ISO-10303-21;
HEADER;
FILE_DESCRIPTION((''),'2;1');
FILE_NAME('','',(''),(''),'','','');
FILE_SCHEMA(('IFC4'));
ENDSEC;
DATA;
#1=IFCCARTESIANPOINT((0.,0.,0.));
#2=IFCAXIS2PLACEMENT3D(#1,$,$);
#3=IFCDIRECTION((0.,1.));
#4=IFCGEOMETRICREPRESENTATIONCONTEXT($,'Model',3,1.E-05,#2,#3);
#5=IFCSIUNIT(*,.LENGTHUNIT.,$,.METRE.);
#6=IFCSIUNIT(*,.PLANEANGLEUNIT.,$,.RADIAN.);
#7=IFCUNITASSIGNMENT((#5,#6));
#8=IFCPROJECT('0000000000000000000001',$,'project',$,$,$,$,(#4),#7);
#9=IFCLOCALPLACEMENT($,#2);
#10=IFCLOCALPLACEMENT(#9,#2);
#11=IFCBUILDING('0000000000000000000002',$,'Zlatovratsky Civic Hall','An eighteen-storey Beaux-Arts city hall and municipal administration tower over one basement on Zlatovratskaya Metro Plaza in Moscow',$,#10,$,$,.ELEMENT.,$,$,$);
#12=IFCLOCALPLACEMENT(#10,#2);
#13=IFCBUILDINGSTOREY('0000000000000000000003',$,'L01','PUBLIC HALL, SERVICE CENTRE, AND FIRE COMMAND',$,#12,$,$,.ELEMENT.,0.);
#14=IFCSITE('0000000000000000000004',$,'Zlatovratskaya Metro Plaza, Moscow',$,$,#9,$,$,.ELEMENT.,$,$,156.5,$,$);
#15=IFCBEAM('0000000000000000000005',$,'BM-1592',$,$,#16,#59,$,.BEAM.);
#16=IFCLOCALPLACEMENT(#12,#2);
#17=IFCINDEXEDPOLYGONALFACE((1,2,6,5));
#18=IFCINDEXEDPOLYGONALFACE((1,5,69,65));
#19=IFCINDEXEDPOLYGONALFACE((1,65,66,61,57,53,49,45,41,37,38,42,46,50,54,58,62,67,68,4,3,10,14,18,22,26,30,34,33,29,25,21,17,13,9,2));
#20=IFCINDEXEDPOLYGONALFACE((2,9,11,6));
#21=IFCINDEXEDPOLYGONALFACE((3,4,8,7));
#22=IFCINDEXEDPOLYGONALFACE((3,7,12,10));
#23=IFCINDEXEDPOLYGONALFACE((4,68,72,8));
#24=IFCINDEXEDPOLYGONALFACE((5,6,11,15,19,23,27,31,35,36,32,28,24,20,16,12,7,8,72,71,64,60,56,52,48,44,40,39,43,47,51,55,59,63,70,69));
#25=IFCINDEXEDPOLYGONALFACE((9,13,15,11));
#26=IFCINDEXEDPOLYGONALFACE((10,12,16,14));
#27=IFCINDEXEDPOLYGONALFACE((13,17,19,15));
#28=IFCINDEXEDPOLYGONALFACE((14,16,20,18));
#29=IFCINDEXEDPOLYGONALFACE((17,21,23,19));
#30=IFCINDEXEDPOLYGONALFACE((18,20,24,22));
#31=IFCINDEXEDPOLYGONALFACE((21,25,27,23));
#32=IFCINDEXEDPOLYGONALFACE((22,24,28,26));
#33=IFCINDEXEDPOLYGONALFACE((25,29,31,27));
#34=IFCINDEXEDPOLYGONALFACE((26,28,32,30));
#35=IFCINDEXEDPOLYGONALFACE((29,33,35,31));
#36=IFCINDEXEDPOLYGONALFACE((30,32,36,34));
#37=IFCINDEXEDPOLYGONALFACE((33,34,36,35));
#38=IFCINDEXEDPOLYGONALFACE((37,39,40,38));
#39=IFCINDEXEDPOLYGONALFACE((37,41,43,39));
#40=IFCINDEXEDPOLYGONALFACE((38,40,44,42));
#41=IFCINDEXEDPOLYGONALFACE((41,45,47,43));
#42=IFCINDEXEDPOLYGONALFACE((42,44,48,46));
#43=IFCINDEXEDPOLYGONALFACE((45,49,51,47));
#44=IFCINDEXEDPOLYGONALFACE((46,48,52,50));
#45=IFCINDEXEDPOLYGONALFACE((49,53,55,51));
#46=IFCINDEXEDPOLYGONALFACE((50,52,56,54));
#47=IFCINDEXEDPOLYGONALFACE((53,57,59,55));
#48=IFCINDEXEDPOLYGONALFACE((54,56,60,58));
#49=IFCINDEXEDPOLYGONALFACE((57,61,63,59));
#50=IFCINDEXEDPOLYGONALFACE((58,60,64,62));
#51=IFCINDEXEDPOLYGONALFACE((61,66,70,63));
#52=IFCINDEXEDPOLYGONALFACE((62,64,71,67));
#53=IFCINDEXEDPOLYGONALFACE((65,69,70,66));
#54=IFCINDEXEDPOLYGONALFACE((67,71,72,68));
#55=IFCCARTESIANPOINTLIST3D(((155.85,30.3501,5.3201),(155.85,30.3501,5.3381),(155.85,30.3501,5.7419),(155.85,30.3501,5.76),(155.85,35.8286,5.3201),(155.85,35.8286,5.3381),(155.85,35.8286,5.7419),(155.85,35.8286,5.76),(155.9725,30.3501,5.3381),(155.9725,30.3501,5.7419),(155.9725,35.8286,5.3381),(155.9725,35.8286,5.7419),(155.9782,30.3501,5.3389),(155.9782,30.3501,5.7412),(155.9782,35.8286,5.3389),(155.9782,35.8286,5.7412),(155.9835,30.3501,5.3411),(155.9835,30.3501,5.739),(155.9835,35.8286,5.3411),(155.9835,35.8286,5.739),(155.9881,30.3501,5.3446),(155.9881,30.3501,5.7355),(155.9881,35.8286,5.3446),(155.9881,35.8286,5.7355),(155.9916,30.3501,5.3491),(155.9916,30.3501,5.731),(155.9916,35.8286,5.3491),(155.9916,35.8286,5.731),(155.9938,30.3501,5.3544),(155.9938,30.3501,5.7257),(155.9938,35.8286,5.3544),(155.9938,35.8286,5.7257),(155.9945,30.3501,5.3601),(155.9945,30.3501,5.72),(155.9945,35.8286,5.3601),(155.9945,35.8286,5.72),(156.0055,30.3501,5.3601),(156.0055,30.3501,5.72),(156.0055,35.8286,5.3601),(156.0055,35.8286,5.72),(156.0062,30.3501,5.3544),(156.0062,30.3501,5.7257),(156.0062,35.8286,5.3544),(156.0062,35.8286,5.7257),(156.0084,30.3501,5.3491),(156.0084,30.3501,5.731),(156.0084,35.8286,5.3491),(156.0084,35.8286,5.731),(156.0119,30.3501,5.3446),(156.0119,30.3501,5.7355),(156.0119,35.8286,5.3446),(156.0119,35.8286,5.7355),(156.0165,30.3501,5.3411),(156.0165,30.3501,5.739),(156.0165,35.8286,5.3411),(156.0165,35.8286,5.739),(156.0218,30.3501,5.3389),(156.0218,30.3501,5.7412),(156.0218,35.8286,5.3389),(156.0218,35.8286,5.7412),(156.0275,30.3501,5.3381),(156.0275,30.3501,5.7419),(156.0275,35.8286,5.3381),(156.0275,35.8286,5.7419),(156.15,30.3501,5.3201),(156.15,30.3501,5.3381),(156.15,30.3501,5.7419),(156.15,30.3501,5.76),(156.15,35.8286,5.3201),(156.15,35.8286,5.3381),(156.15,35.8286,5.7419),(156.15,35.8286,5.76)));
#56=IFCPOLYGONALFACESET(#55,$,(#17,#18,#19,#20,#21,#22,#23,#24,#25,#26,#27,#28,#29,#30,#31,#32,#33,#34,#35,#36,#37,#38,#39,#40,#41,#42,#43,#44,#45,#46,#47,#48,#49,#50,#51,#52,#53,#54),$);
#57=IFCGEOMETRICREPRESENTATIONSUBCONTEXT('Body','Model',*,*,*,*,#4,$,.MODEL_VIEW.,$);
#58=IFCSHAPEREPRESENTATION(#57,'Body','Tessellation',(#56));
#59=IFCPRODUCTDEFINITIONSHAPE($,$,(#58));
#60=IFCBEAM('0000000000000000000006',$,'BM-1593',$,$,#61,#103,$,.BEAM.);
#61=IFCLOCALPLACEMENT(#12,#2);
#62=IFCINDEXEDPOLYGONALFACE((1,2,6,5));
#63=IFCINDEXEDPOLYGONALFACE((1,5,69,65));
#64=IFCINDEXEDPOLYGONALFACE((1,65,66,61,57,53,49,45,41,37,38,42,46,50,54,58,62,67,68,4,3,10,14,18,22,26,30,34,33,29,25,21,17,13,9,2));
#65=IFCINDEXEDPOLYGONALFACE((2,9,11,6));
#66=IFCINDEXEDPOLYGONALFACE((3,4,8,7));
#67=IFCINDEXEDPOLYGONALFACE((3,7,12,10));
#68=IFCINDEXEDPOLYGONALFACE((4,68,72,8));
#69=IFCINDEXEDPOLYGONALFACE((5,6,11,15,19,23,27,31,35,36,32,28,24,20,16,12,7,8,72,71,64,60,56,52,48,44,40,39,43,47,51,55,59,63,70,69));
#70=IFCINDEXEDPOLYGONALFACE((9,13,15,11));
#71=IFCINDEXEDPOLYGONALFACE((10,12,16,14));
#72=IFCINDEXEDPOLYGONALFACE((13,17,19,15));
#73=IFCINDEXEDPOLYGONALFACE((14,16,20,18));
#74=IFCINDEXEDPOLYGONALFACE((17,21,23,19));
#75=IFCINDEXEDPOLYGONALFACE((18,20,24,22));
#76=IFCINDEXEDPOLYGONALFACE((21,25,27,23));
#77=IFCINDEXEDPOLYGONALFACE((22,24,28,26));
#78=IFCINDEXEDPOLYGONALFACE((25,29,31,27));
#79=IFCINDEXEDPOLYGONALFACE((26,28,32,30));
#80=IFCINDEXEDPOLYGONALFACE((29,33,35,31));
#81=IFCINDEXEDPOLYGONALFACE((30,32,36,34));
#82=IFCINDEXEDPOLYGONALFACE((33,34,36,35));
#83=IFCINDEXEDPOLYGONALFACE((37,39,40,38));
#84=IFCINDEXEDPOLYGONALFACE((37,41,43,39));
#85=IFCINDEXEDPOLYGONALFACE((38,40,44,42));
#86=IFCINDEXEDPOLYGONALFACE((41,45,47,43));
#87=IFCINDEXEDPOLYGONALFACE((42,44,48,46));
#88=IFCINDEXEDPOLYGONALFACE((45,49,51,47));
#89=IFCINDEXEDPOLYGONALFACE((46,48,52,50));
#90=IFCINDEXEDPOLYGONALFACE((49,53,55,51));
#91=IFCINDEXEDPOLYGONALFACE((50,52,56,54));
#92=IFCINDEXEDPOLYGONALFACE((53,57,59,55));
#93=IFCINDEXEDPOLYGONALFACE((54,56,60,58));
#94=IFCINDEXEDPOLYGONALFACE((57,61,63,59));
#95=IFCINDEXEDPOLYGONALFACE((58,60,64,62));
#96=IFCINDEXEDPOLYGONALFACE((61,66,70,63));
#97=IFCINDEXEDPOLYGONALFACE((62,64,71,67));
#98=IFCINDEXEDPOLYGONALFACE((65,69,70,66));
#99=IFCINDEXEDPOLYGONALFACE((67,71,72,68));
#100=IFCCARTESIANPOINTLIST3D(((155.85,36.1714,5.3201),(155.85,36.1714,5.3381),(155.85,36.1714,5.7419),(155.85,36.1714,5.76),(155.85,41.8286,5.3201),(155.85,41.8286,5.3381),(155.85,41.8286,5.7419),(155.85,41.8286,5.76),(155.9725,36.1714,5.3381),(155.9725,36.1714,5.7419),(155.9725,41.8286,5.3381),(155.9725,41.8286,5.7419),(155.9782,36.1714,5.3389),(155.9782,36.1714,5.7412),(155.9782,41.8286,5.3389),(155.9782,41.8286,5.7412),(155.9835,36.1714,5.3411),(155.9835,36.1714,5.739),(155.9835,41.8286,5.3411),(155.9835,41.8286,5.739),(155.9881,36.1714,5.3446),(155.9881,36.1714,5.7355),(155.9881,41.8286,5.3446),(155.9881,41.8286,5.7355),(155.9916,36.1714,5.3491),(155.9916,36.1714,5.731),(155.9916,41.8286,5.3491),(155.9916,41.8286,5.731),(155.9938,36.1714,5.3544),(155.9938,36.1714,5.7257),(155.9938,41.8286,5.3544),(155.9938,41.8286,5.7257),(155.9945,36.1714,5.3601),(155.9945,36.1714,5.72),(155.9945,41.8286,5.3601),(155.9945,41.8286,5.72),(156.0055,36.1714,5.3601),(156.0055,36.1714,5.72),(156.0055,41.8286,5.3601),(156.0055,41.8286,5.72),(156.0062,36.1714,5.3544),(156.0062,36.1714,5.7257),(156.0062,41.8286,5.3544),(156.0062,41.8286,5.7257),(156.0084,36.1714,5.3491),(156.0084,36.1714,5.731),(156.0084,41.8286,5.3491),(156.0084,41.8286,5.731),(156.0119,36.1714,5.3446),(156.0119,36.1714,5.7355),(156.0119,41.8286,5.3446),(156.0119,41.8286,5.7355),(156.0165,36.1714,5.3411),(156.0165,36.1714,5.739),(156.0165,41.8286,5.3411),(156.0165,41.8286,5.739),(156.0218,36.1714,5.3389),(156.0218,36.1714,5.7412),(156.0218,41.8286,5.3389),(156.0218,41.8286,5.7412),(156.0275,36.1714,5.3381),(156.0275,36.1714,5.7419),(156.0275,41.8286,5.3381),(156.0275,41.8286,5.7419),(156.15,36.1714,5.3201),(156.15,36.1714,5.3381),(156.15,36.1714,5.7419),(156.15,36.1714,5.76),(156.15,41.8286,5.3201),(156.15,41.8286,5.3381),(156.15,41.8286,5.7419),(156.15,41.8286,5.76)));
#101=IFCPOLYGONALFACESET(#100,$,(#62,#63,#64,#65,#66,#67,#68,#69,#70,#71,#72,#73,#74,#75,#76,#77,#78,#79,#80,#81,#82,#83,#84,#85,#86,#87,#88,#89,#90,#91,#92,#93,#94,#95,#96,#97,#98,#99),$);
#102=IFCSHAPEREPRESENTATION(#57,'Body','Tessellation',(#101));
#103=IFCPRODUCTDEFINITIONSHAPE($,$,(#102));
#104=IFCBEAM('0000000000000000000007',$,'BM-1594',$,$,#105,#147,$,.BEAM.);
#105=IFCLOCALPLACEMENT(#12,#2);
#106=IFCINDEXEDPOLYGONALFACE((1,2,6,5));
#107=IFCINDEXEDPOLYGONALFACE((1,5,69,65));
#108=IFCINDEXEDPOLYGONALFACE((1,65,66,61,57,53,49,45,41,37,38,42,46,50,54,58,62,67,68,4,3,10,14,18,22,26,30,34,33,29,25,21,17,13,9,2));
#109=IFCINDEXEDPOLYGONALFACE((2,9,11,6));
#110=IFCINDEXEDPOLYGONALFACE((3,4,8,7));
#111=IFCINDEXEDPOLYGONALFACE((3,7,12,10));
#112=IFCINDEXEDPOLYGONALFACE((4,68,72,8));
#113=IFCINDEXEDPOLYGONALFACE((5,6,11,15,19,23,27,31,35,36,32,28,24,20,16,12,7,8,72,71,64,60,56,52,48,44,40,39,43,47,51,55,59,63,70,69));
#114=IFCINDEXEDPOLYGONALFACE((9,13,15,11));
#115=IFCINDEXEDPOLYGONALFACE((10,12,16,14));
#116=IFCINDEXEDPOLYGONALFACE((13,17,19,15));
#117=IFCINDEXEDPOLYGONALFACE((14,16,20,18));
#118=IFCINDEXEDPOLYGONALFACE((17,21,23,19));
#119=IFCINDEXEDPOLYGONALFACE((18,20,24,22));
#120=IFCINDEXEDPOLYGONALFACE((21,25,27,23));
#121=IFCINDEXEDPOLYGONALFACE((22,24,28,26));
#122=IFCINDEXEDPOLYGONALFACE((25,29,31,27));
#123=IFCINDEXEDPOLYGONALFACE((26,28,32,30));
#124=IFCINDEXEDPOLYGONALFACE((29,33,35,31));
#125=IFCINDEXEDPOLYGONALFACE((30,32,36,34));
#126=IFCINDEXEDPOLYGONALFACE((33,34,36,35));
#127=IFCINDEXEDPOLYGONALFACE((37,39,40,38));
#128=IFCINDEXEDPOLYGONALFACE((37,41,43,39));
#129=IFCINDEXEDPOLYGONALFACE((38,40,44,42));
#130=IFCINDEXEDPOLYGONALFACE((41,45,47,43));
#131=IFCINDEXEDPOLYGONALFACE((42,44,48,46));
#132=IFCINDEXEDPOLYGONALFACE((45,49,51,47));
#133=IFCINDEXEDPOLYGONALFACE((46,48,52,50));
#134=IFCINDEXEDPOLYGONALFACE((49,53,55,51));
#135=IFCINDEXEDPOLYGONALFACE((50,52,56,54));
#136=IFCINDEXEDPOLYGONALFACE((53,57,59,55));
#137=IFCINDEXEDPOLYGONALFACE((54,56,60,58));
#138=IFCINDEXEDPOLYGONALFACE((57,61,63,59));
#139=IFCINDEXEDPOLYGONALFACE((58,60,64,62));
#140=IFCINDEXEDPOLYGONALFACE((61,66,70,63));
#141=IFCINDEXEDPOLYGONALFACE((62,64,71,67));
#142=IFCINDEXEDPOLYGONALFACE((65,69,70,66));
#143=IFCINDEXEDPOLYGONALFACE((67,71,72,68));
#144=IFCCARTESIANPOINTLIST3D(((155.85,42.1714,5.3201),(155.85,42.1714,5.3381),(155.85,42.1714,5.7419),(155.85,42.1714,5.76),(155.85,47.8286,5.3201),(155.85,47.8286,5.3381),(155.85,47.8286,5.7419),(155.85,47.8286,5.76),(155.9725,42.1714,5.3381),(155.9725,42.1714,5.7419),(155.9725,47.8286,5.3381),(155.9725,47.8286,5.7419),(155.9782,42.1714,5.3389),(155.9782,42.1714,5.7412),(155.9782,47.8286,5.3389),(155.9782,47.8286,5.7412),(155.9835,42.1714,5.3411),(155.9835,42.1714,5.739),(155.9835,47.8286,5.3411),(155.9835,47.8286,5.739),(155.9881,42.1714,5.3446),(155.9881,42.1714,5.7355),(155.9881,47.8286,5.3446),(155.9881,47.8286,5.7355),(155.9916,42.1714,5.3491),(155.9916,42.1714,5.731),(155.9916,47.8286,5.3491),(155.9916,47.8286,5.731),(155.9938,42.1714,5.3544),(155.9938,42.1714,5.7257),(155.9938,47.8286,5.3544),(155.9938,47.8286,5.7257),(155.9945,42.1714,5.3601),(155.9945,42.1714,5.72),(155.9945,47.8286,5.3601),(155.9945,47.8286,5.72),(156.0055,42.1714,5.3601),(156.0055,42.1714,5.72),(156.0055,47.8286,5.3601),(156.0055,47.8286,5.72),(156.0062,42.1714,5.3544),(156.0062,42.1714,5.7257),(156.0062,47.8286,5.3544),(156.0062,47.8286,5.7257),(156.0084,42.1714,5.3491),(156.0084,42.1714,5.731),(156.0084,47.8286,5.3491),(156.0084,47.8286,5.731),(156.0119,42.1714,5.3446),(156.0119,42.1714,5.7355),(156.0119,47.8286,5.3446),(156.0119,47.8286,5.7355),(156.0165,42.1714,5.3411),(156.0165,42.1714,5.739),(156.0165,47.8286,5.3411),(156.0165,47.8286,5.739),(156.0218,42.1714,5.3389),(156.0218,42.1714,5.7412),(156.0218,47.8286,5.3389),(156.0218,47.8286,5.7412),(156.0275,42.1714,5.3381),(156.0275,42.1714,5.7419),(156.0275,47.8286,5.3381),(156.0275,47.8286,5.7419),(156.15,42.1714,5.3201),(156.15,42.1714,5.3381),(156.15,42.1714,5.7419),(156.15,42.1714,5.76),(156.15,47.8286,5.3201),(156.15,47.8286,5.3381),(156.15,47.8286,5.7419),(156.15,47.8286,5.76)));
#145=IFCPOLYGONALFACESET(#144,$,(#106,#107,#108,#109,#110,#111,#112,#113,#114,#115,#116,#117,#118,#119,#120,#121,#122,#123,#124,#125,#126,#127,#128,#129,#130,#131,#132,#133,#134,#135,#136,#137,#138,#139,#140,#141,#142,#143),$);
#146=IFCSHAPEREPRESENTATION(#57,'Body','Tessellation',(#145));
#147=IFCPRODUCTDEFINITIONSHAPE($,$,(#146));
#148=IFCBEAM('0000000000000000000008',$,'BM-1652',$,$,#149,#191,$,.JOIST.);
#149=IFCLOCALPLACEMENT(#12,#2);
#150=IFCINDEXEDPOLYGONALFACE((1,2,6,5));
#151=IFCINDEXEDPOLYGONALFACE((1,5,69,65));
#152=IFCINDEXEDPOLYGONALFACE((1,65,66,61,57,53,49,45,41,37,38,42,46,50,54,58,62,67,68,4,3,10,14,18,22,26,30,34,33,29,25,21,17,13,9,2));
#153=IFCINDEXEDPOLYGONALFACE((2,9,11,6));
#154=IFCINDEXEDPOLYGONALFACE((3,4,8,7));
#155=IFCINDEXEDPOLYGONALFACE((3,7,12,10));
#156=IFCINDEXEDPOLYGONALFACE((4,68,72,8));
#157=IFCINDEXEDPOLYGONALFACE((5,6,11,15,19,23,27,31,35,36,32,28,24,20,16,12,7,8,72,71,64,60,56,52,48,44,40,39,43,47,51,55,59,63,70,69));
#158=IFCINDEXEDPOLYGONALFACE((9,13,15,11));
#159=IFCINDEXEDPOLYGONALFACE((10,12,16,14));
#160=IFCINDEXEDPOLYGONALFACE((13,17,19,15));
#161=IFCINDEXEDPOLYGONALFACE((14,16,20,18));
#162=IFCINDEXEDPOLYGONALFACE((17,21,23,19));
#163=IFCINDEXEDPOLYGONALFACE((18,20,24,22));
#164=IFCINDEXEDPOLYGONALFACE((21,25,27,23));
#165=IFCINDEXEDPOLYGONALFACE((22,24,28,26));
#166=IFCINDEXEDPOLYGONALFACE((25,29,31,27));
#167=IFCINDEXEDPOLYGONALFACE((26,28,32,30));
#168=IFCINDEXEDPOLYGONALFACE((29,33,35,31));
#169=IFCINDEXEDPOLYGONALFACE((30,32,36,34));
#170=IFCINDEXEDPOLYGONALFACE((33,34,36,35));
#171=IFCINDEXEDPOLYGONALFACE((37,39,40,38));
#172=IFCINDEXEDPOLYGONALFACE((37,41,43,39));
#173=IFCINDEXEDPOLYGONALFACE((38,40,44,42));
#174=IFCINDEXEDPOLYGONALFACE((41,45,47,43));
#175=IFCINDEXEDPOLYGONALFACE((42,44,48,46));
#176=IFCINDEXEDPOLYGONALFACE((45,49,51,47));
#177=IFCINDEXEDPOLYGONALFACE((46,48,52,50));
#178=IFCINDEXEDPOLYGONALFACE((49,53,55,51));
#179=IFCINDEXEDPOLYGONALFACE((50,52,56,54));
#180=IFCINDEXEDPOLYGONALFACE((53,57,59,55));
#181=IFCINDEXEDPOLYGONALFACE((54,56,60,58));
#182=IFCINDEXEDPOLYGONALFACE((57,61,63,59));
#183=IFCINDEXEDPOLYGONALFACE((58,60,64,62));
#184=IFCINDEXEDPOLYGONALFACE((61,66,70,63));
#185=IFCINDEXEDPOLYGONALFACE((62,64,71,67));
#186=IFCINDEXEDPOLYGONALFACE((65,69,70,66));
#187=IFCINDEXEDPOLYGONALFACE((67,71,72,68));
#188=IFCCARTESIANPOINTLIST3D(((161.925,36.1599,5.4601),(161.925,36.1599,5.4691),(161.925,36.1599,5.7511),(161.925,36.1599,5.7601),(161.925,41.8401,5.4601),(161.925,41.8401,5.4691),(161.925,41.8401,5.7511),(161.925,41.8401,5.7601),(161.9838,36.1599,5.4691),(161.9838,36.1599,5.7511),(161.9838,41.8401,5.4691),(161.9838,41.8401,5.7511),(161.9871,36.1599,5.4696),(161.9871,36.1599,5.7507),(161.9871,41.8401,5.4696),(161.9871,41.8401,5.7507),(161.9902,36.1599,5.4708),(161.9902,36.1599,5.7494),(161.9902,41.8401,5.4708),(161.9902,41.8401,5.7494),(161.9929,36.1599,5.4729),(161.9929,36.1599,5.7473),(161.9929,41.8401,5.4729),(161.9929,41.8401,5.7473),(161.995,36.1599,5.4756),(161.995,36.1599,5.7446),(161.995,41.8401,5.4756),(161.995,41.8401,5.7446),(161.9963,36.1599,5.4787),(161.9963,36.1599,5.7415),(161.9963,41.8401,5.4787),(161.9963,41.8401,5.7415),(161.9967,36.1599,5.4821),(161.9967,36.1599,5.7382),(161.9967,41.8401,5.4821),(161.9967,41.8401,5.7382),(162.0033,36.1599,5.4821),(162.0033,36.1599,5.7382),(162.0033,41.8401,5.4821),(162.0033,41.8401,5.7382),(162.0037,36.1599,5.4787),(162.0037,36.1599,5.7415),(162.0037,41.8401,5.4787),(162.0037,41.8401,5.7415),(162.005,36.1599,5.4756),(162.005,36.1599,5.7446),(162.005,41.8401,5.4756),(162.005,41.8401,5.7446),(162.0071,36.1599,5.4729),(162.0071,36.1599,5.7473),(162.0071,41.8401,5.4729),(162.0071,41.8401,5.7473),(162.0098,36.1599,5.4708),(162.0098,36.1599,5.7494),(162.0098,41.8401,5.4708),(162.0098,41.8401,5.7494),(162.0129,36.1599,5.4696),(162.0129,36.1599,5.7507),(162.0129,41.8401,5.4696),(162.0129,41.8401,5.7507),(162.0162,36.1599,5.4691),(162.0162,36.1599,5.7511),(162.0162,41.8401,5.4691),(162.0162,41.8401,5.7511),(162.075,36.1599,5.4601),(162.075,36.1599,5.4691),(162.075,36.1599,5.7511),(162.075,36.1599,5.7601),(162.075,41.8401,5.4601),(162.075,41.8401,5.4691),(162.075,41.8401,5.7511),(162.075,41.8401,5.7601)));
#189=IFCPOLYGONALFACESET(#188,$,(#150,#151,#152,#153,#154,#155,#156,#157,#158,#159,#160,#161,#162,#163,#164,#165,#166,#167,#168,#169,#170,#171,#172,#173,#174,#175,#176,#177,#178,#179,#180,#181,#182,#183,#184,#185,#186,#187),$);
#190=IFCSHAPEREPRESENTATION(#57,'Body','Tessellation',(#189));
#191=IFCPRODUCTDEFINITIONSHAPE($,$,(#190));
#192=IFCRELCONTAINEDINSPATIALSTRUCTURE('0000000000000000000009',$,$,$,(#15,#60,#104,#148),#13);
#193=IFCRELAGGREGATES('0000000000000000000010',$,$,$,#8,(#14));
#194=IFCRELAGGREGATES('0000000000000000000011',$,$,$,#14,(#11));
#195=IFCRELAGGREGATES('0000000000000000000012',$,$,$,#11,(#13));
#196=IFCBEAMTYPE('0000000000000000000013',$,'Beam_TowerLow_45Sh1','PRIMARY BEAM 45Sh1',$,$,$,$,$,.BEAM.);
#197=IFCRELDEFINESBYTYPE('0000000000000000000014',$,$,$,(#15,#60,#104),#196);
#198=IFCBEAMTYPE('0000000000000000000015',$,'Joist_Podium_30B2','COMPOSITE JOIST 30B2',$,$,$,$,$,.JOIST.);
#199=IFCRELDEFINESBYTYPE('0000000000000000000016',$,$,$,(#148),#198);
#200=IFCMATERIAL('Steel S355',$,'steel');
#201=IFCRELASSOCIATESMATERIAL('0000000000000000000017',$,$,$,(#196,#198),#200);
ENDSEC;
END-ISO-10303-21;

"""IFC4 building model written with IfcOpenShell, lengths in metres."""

from ifc_helpers import new_model, si_unit, direction, frame, origin, origin_2d, place, context, subcontext, project, spatial, i_section, extrude, material, material_profile, profile_set, type_object, element, save


model = new_model("IFC4")

# Units and contexts
model_context = context("Model", 3, precision=1e-05, world=origin(), true_north=direction((0.0, 1.0)))
body_context = subcontext(model_context, "Body", "Model", "MODEL_VIEW")
ifc_project = project(units=[si_unit("LENGTHUNIT", "METRE"), si_unit("PLANEANGLEUNIT", "RADIAN")], contexts=[model_context])

# Site, building, storey
site_placement = place(None, origin())
site = spatial("IfcSite", under=ifc_project, at=site_placement, Name="Zlatovratskaya Metro Plaza, Moscow", CompositionType="ELEMENT", RefElevation=156.5)
building_placement = place(site_placement, origin())
building = spatial("IfcBuilding", under=site, at=building_placement, Name="Zlatovratsky Civic Hall", Description="An eighteen-storey Beaux-Arts city hall and municipal administration tower over one basement on Zlatovratskaya Metro Plaza in Moscow", CompositionType="ELEMENT")
storey_placement = place(building_placement, origin())
storey = spatial("IfcBuildingStorey", under=building, at=storey_placement, Name="L01", Description="PUBLIC HALL, SERVICE CENTRE, AND FIRE COMMAND", CompositionType="ELEMENT", Elevation=0.0)

# Shared definitions
ifc_material_1 = material(Name="Steel S355", Category="steel")

# Beams
ifc_material_profile_1 = material_profile(ifc_material_1, i_section(OverallWidth=0.3, OverallDepth=0.4399, WebThickness=0.011, FlangeThickness=0.0181, FilletRadius=0.022, at=origin_2d()), Name="45Sh1")
ifc_profile_set_1 = profile_set([ifc_material_profile_1], Name="Steel S355")
beam_type_1 = type_object("IfcBeamType", Name="Beam_TowerLow_45Sh1", Description="PRIMARY BEAM 45Sh1", PredefinedType="BEAM", material=ifc_profile_set_1)
beam_1_placement = place(storey_placement, frame((156.0, 30.3501, 5.54), z_axis=(0.0, 1.0, 0.0), x_axis=(-1.0, 0.0, 0.0)))
element("IfcBeam", 1, at=beam_1_placement, inside=storey, type_object=beam_type_1, Name="BM-1592", PredefinedType="BEAM", context=body_context, shape_type="SweptSolid", body=[
    extrude(i_section(OverallWidth=0.3, OverallDepth=0.4399, WebThickness=0.011, FlangeThickness=0.0181, FilletRadius=0.022, at=origin_2d()), origin(), (0.0, 0.0, 1.0), 5.4785),
])
for number, where, z_axis, x_axis, name in (
    (2, (156.0, 36.1714, 5.54), (0.0, 1.0, 0.0), (-1.0, 0.0, 0.0), "BM-1593"),
    (3, (156.0, 42.1714, 5.54), (0.0, 1.0, 0.0), (-1.0, 0.0, 0.0), "BM-1594"),
):
    element("IfcBeam", number, at=place(storey_placement, frame(where, z_axis=z_axis, x_axis=x_axis)), inside=storey, type_object=beam_type_1, Name=name, PredefinedType="BEAM", context=body_context, shape_type="SweptSolid", body=[
        extrude(i_section(OverallWidth=0.3, OverallDepth=0.4399, WebThickness=0.011, FlangeThickness=0.0181, FilletRadius=0.022, at=origin_2d()), origin(), (0.0, 0.0, 1.0), 5.6572),
    ])
ifc_material_profile_2 = material_profile(ifc_material_1, i_section(OverallWidth=0.1499, OverallDepth=0.3, WebThickness=0.0066, FlangeThickness=0.009, FilletRadius=0.0129, at=origin_2d()), Name="30B2")
ifc_profile_set_2 = profile_set([ifc_material_profile_2], Name="Steel S355")
beam_type_2 = type_object("IfcBeamType", Name="Joist_Podium_30B2", Description="COMPOSITE JOIST 30B2", PredefinedType="JOIST", material=ifc_profile_set_2)
for number, where, z_axis, x_axis, name in (
    (4, (162.0, 36.1599, 5.6101), (0.0, 1.0, 0.0), (-1.0, 0.0, 0.0), "BM-1652"),
):
    element("IfcBeam", number, at=place(storey_placement, frame(where, z_axis=z_axis, x_axis=x_axis)), inside=storey, type_object=beam_type_2, Name=name, PredefinedType="JOIST", context=body_context, shape_type="SweptSolid", body=[
        extrude(i_section(OverallWidth=0.1499, OverallDepth=0.3, WebThickness=0.0066, FlangeThickness=0.009, FilletRadius=0.0129, at=origin_2d()), origin(), (0.0, 0.0, 1.0), 5.6802),
    ])

save(model, "model.ifc")
